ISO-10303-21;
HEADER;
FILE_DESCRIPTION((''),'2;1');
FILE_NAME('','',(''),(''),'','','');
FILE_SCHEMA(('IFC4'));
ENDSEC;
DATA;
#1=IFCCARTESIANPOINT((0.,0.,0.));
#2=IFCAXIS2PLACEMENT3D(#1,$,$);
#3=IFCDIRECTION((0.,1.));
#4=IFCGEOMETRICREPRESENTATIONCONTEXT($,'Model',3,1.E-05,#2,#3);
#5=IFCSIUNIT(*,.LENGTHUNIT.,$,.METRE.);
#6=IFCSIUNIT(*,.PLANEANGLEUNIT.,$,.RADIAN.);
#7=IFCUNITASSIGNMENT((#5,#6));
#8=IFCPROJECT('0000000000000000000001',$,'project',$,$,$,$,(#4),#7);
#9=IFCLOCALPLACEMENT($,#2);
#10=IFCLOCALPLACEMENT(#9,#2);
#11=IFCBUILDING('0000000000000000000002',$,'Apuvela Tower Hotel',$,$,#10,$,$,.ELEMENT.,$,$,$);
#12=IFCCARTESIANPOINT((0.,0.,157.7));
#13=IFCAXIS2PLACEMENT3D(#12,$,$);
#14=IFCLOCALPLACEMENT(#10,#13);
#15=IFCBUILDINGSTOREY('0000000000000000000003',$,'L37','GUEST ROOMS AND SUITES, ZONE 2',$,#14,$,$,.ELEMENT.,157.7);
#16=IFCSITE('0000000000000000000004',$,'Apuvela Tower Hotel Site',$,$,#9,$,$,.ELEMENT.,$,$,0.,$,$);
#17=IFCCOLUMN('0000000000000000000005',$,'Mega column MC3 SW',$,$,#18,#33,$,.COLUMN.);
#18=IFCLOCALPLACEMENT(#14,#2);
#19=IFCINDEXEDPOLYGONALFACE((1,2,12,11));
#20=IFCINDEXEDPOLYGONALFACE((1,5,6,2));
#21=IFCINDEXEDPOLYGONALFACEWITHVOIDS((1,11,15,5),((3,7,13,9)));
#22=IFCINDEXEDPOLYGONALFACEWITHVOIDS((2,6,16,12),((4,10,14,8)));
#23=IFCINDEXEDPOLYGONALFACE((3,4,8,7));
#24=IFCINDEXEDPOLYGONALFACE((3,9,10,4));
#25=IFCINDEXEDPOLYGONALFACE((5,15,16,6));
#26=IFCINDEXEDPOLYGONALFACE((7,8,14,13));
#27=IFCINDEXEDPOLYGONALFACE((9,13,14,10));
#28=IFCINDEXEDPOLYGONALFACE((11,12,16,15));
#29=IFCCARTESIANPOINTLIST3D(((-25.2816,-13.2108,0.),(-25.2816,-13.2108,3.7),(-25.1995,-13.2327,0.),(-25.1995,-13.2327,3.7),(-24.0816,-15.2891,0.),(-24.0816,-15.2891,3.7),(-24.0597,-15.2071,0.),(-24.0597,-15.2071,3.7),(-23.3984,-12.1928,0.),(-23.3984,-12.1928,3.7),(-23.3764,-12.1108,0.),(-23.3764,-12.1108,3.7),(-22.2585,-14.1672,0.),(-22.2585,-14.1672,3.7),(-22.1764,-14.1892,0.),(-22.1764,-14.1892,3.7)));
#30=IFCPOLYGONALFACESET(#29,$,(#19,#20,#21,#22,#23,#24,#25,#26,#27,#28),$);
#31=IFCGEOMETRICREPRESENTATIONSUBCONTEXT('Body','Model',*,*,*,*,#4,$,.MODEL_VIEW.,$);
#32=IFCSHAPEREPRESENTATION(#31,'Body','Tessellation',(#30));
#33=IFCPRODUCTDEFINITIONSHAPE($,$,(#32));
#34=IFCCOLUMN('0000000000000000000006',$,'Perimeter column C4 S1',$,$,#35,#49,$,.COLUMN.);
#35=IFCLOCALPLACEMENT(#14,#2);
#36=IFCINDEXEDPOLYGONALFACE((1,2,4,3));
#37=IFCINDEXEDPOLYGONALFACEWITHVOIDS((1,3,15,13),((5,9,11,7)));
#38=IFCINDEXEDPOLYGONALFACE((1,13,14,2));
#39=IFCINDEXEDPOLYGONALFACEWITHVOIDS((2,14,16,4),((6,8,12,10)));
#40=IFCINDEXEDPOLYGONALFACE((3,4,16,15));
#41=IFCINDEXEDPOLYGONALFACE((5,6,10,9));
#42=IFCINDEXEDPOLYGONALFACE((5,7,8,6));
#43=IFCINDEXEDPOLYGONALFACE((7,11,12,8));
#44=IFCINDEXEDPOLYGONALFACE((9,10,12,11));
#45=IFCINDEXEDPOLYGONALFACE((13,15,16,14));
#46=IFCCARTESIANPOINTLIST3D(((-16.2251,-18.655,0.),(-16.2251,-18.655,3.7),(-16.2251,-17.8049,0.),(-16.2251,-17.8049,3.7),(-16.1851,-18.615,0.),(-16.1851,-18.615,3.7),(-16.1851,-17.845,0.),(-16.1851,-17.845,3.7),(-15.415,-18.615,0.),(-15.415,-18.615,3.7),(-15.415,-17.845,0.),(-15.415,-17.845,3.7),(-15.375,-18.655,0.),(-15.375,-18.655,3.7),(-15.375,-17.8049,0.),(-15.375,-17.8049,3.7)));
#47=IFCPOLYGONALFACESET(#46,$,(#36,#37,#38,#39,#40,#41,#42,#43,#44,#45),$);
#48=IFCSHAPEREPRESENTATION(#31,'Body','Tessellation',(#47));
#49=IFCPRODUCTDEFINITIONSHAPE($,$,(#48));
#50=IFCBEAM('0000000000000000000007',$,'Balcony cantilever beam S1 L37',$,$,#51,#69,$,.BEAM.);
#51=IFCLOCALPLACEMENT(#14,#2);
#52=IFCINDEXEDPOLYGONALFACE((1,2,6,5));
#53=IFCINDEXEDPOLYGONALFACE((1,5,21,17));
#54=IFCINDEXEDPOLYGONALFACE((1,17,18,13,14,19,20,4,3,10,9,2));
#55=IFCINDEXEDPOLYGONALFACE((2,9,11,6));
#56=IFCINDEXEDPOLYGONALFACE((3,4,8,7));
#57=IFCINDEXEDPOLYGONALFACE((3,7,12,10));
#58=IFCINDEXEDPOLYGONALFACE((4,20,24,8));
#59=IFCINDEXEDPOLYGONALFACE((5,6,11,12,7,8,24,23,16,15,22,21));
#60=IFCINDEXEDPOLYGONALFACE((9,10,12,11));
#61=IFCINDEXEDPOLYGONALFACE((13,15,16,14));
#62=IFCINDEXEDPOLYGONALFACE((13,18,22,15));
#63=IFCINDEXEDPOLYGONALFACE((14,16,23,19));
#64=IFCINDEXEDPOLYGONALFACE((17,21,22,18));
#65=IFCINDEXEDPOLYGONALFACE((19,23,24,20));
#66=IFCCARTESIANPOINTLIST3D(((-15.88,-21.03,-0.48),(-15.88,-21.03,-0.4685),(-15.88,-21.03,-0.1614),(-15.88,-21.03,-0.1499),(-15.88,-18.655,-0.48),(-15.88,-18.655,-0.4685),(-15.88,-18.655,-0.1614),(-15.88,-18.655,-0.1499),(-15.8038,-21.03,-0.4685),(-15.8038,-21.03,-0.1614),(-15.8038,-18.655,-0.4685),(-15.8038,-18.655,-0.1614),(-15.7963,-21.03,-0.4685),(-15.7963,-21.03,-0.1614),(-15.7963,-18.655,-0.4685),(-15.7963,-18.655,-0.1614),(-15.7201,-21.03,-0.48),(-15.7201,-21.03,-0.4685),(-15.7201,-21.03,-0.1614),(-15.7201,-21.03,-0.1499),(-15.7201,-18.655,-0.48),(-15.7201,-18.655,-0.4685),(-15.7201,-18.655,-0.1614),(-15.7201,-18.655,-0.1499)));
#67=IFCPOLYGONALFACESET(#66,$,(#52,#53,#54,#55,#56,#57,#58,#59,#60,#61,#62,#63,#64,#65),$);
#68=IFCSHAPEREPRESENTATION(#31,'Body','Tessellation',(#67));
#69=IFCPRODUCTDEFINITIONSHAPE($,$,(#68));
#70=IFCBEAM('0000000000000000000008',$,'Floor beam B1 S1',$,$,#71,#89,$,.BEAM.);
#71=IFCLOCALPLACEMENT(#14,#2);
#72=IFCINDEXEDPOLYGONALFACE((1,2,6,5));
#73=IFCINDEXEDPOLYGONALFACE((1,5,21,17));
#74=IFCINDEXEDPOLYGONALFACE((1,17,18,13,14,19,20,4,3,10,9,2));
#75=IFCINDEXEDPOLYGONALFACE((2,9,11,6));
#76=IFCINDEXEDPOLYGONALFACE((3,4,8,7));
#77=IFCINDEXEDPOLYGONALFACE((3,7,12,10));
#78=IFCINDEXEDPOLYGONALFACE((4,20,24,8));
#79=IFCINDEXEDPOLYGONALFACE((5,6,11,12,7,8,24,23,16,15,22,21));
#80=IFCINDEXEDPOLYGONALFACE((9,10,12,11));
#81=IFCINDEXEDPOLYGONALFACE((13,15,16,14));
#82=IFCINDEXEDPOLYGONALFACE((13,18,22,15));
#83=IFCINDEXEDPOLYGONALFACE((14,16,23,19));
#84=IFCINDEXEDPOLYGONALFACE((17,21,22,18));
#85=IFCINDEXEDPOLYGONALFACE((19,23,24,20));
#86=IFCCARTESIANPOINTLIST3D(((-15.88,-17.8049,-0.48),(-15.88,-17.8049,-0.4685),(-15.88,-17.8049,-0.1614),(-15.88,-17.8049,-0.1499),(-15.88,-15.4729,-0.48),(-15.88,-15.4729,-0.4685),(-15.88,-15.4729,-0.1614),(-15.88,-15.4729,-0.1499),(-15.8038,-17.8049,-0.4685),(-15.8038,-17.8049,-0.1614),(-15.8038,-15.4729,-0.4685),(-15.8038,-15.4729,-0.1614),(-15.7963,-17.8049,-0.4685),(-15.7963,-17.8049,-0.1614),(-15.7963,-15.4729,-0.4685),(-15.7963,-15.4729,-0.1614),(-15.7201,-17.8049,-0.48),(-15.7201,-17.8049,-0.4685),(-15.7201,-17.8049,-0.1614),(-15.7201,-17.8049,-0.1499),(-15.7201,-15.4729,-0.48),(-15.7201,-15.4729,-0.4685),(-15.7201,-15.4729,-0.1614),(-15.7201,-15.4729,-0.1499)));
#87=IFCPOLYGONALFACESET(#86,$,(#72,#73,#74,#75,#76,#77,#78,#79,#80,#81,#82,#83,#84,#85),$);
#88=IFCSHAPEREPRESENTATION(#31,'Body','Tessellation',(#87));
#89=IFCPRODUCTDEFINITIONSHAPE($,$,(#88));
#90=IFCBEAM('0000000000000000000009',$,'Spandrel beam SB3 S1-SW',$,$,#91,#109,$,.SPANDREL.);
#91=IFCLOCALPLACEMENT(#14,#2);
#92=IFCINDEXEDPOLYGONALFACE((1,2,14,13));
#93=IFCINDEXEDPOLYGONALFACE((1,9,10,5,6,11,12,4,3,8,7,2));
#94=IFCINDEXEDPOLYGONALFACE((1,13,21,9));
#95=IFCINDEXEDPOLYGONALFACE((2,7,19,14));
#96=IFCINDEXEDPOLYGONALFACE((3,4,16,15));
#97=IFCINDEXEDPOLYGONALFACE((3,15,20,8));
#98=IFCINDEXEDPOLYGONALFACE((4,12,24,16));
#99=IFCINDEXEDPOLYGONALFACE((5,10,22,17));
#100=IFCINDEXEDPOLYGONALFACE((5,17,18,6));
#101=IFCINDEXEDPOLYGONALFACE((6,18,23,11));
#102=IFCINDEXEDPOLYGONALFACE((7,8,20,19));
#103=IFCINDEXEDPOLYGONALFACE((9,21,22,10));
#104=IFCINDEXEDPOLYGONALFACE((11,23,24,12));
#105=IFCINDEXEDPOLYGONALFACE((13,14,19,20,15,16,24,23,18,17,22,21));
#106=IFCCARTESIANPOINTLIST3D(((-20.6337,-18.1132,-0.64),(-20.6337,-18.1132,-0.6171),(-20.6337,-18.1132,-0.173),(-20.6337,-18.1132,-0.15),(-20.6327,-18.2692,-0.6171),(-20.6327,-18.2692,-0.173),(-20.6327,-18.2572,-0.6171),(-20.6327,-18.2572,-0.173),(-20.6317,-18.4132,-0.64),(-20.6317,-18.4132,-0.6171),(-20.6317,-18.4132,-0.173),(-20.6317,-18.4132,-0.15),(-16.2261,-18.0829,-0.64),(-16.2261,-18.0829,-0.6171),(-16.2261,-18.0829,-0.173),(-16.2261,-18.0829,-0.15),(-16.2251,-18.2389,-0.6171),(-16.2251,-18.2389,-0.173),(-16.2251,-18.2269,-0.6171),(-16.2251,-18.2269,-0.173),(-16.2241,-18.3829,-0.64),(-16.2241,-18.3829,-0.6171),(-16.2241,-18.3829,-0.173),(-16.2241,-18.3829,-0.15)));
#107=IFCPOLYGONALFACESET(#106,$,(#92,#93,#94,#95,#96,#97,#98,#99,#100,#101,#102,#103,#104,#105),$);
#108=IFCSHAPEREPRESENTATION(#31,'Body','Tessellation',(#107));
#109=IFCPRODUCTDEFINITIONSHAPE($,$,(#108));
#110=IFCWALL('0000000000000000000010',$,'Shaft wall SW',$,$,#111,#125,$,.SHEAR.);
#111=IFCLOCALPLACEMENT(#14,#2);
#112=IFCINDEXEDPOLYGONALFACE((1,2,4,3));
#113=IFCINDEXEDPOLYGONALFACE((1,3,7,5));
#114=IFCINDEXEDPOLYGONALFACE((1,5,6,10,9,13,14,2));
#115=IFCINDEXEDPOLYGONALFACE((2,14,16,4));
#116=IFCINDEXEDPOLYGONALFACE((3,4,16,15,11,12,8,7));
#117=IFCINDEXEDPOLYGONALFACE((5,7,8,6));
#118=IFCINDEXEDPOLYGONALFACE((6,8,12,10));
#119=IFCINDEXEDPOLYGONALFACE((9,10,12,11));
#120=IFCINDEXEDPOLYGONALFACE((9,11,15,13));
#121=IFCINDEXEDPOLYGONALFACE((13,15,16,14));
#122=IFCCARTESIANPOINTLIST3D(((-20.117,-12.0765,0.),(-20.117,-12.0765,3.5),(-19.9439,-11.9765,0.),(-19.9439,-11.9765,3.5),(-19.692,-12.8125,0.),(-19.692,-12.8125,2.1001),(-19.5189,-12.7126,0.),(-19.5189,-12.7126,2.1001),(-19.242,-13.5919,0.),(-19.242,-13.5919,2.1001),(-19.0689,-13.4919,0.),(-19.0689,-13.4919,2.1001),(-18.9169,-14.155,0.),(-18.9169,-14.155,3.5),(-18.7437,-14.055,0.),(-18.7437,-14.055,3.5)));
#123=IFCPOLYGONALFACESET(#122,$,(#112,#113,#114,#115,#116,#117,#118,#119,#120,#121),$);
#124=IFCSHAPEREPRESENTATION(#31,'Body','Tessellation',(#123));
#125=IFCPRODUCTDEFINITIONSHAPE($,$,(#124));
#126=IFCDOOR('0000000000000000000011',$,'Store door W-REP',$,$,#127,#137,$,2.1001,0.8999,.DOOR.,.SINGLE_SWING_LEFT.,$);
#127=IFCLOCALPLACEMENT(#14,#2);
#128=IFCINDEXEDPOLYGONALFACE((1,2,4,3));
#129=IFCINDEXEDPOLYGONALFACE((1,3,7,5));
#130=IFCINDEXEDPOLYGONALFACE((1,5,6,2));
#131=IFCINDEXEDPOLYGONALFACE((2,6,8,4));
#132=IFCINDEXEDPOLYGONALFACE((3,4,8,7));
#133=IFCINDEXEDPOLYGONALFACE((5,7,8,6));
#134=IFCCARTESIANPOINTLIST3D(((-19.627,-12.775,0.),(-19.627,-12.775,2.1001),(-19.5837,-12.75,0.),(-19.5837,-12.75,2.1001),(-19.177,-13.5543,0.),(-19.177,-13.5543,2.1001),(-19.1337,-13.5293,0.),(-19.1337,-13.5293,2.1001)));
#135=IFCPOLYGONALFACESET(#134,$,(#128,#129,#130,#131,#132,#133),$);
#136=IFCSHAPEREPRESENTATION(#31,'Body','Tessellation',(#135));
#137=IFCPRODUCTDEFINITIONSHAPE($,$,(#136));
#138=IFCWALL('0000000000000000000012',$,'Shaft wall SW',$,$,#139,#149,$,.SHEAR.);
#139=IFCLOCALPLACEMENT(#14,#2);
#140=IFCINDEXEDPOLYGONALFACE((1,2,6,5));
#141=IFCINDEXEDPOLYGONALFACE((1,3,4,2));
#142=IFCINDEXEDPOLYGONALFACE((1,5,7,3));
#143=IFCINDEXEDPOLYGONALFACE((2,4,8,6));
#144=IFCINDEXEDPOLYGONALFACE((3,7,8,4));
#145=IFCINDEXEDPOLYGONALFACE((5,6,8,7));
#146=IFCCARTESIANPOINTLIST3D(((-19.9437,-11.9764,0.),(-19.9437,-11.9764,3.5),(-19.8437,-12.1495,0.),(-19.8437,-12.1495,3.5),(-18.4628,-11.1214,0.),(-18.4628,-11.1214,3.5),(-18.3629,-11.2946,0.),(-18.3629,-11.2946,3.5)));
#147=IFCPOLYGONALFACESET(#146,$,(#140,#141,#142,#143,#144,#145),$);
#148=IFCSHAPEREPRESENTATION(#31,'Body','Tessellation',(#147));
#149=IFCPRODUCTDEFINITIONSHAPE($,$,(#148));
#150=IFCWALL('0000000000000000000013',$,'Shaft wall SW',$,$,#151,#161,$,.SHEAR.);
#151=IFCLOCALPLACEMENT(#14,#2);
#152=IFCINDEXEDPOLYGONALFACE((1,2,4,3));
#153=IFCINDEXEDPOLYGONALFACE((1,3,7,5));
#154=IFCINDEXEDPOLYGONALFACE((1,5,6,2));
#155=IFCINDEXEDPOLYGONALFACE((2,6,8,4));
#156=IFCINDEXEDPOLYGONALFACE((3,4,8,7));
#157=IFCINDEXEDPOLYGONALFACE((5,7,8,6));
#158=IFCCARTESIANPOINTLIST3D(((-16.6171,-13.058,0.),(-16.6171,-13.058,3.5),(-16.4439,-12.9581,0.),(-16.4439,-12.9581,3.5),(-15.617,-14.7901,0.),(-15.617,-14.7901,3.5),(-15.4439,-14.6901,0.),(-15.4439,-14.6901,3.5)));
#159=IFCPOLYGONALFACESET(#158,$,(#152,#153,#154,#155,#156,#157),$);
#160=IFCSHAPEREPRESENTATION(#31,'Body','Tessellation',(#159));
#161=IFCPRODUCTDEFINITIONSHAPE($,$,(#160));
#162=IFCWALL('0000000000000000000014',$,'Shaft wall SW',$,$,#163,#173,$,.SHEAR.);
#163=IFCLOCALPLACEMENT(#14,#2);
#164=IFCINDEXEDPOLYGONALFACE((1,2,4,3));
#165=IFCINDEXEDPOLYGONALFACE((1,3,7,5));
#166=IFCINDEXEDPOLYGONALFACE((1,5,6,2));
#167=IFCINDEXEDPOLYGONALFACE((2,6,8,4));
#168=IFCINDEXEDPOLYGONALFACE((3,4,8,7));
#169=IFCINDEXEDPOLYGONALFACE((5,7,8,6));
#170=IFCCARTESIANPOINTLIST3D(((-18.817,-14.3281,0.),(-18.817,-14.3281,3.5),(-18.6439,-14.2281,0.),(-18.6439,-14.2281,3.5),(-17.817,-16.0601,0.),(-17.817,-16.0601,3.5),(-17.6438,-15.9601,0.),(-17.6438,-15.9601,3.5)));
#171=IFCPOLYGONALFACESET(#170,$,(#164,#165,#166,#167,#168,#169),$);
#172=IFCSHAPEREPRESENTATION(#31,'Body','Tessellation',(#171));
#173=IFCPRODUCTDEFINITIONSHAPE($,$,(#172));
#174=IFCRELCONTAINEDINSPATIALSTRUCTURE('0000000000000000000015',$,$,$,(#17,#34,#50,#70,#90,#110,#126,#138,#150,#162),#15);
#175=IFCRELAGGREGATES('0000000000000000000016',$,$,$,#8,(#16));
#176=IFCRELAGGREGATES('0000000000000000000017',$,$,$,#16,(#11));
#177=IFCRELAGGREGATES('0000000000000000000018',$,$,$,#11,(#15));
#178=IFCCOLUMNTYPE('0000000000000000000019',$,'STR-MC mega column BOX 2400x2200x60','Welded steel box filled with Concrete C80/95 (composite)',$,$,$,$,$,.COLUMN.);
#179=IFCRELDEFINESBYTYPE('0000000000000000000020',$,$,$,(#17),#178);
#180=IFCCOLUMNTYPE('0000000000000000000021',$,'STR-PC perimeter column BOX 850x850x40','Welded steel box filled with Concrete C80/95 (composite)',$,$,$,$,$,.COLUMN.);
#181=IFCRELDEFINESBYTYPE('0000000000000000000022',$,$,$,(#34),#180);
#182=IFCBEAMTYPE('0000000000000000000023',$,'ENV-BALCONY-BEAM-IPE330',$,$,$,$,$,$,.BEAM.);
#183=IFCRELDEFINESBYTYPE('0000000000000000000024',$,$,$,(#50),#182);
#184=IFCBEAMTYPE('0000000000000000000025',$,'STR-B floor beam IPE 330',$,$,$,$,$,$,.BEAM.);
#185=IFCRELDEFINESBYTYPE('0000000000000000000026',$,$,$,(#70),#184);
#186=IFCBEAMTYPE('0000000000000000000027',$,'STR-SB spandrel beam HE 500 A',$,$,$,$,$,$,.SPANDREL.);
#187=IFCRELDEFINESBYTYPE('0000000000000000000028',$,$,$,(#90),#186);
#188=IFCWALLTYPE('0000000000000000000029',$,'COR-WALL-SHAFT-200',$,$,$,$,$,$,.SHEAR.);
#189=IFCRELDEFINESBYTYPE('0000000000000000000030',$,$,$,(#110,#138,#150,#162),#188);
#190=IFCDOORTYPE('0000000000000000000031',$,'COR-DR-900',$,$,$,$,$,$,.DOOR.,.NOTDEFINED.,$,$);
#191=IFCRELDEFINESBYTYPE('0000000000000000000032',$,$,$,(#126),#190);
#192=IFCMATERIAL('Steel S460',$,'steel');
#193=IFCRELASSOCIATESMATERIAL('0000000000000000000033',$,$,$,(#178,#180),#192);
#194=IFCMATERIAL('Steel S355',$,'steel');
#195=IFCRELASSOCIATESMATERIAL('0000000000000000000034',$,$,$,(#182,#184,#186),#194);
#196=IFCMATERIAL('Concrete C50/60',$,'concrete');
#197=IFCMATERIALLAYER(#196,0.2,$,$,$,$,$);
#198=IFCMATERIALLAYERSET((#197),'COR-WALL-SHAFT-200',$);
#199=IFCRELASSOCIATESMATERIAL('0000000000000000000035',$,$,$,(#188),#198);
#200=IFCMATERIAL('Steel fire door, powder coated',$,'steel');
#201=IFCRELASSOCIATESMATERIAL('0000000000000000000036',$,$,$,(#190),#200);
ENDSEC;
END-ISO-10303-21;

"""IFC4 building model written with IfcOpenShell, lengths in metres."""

from ifc_helpers import new_model, si_unit, direction, frame, frame_2d, origin, origin_2d, place, context, subcontext, project, spatial, rectangle, hollow_rectangle, i_section, extrude, material, layer, layer_set, material_profile, profile_set, type_object, element, fill, save


model = new_model("IFC4")

# Units and contexts
model_context = context("Model", 3, precision=1e-05, world=origin(), true_north=direction((0.0, 1.0)))
body_context = subcontext(model_context, "Body", "Model", "MODEL_VIEW")
ifc_project = project(units=[si_unit("LENGTHUNIT", "METRE"), si_unit("PLANEANGLEUNIT", "RADIAN")], contexts=[model_context])

# Site, building, storey
site_placement = place(None, origin())
site = spatial("IfcSite", under=ifc_project, at=site_placement, Name="Apuvela Tower Hotel Site", CompositionType="ELEMENT", RefElevation=0.0)
building_placement = place(site_placement, origin())
building = spatial("IfcBuilding", under=site, at=building_placement, Name="Apuvela Tower Hotel", CompositionType="ELEMENT")
storey_placement = place(building_placement, frame((0.0, 0.0, 157.7)))
storey = spatial("IfcBuildingStorey", under=building, at=storey_placement, Name="L37", Description="GUEST ROOMS AND SUITES, ZONE 2", CompositionType="ELEMENT", Elevation=157.7)

# Columns
ifc_material_1 = material(Name="Steel S460", Category="steel")
ifc_material_profile_1 = material_profile(ifc_material_1, hollow_rectangle(XDim=2.3999, YDim=2.2, WallThickness=0.0601, at=origin_2d()), Name="BOX 2400x2200x60")
ifc_material_2 = material(Name="Concrete C80/95", Category="concrete")
ifc_material_profile_2 = material_profile(ifc_material_2, rectangle(XDim=2.28, YDim=2.0801, at=origin_2d()), Name="Concrete C80/95 infill")
ifc_profile_set_1 = profile_set([ifc_material_profile_1, ifc_material_profile_2], Name="Steel S460")
column_type_1 = type_object("IfcColumnType", Name="STR-MC mega column BOX 2400x2200x60", Description="Welded steel box filled with Concrete C80/95 (composite)", PredefinedType="COLUMN", material=ifc_profile_set_1)
column_1_placement = place(storey_placement, frame((-23.729, -13.7, 0.0), z_axis=(0.0, 0.0, 1.0), x_axis=(-0.5, 0.866025, 0.0)))
element("IfcColumn", 1, at=column_1_placement, inside=storey, type_object=column_type_1, Name="Mega column MC3 SW", PredefinedType="COLUMN", context=body_context, shape_type="SweptSolid", body=[
    extrude(hollow_rectangle(XDim=2.3999, YDim=2.2, WallThickness=0.0601, at=origin_2d()), origin(), (0.0, 0.0, 1.0), 3.7),
])
ifc_material_profile_3 = material_profile(ifc_material_1, hollow_rectangle(XDim=0.8501, YDim=0.8501, WallThickness=0.04, at=origin_2d()), Name="BOX 850x850x40")
ifc_material_profile_4 = material_profile(ifc_material_2, rectangle(XDim=0.77, YDim=0.77, at=origin_2d()), Name="Concrete C80/95 infill")
ifc_profile_set_2 = profile_set([ifc_material_profile_3, ifc_material_profile_4], Name="Steel S460")
column_type_2 = type_object("IfcColumnType", Name="STR-PC perimeter column BOX 850x850x40", Description="Welded steel box filled with Concrete C80/95 (composite)", PredefinedType="COLUMN", material=ifc_profile_set_2)
column_2_placement = place(storey_placement, frame((-15.8, -18.23, 0.0), z_axis=(0.0, 0.0, 1.0), x_axis=(-1.0, 0.0, 0.0)))
element("IfcColumn", 2, at=column_2_placement, inside=storey, type_object=column_type_2, Name="Perimeter column C4 S1", PredefinedType="COLUMN", context=body_context, shape_type="SweptSolid", body=[
    extrude(hollow_rectangle(XDim=0.8501, YDim=0.8501, WallThickness=0.04, at=origin_2d()), origin(), (0.0, 0.0, 1.0), 3.7),
])

# Beams
ifc_material_3 = material(Name="Steel S355", Category="steel")
ifc_material_profile_5 = material_profile(ifc_material_3, i_section(OverallWidth=0.1599, OverallDepth=0.3301, WebThickness=0.0076, FlangeThickness=0.0115, at=origin_2d()), Name="IPE 330")
ifc_profile_set_3 = profile_set([ifc_material_profile_5], Name="Steel S355")
beam_type_1 = type_object("IfcBeamType", Name="ENV-BALCONY-BEAM-IPE330", PredefinedType="BEAM", material=ifc_profile_set_3)
beam_1_placement = place(storey_placement, frame((-15.8, -18.655, -0.3149), z_axis=(0.0, -1.0, 0.0), x_axis=(1.0, 0.0, 0.0)))
element("IfcBeam", 3, at=beam_1_placement, inside=storey, type_object=beam_type_1, Name="Balcony cantilever beam S1 L37", PredefinedType="BEAM", context=body_context, shape_type="SweptSolid", body=[
    extrude(i_section(OverallWidth=0.1599, OverallDepth=0.3301, WebThickness=0.0076, FlangeThickness=0.0115, at=origin_2d()), origin(), (0.0, 0.0, 1.0), 2.375),
])
ifc_material_profile_6 = material_profile(ifc_material_3, i_section(OverallWidth=0.1599, OverallDepth=0.3301, WebThickness=0.0076, FlangeThickness=0.0115, at=origin_2d()), Name="IPE 330")
ifc_profile_set_4 = profile_set([ifc_material_profile_6], Name="Steel S355")
beam_type_2 = type_object("IfcBeamType", Name="STR-B floor beam IPE 330", PredefinedType="BEAM", material=ifc_profile_set_4)
beam_2_placement = place(storey_placement, frame((-15.8, -17.8049, -0.3149), z_axis=(0.0, 1.0, 0.0), x_axis=(-1.0, 0.0, 0.0)))
element("IfcBeam", 4, at=beam_2_placement, inside=storey, type_object=beam_type_2, Name="Floor beam B1 S1", PredefinedType="BEAM", context=body_context, shape_type="SweptSolid", body=[
    extrude(i_section(OverallWidth=0.1599, OverallDepth=0.3301, WebThickness=0.0076, FlangeThickness=0.0115, at=origin_2d()), origin(), (0.0, 0.0, 1.0), 2.332),
])
ifc_material_profile_7 = material_profile(ifc_material_3, i_section(OverallWidth=0.3, OverallDepth=0.49, WebThickness=0.012, FlangeThickness=0.0229, at=origin_2d()), Name="HE 500 A")
ifc_profile_set_5 = profile_set([ifc_material_profile_7], Name="Steel S355")
beam_type_3 = type_object("IfcBeamType", Name="STR-SB spandrel beam HE 500 A", PredefinedType="SPANDREL", material=ifc_profile_set_5)
beam_3_placement = place(storey_placement, frame((-16.2251, -18.2329, -0.395), z_axis=(-0.999976, -0.006868, 0.0), x_axis=(0.006868, -0.999976, 0.0)))
element("IfcBeam", 5, at=beam_3_placement, inside=storey, type_object=beam_type_3, Name="Spandrel beam SB3 S1-SW", PredefinedType="SPANDREL", context=body_context, shape_type="SweptSolid", body=[
    extrude(i_section(OverallWidth=0.3, OverallDepth=0.49, WebThickness=0.012, FlangeThickness=0.0229, at=origin_2d()), origin(), (0.0, 0.0, 1.0), 4.4077),
])

# Wall, opening, door
ifc_material_4 = material(Name="Concrete C50/60", Category="concrete")
ifc_layer_1 = layer(ifc_material_4, 0.2)
ifc_layer_set_1 = layer_set([ifc_layer_1], Name="COR-WALL-SHAFT-200")
wall_type_1 = type_object("IfcWallType", Name="COR-WALL-SHAFT-200", PredefinedType="SHEAR", material=ifc_layer_set_1)
wall_1_placement = place(storey_placement, frame((-20.0305, -12.0264, 0.0), z_axis=(0.0, 0.0, 1.0), x_axis=(0.500034, -0.866006, 0.0)))
wall_1 = element("IfcWall", 6, at=wall_1_placement, inside=storey, type_object=wall_type_1, Name="Shaft wall SW", PredefinedType="SHEAR", context=body_context, shape_type="SweptSolid", body=[
    extrude(rectangle(XDim=2.4001, YDim=0.2, at=frame_2d((1.2002, 0.0))), origin(), (0.0, 0.0, 1.0), 3.5),
])
opening_1_placement = place(wall_1_placement, frame((0.8501, 0.0, 0.0)))
opening_1 = element("IfcOpeningElement", 7, at=opening_1_placement, cuts=wall_1, PredefinedType="OPENING", context=body_context, shape_type="SweptSolid", body=[
    extrude(rectangle(XDim=0.8999, YDim=2.1001, at=frame_2d((0.45, 1.05))), frame((0.0, 0.1099, 0.0), z_axis=(0.0, -1.0, 0.0), x_axis=(1.0, 0.0, 0.0)), (0.0, 0.0, 1.0), 0.22),
])
ifc_material_5 = material(Name="Steel fire door, powder coated", Category="steel")
door_type_1 = type_object("IfcDoorType", Name="COR-DR-900", OperationType="NOTDEFINED", PredefinedType="DOOR", material=ifc_material_5)
door_1_placement = place(opening_1_placement, frame((0.8999, 0.0, 0.0), z_axis=(0.0, 0.0, 1.0), x_axis=(-1.0, 0.0, 0.0)))
door_1 = element("IfcDoor", 8, at=door_1_placement, inside=storey, type_object=door_type_1, Name="Store door W-REP", OperationType="SINGLE_SWING_LEFT", OverallHeight=2.1001, OverallWidth=0.8999, PredefinedType="DOOR", context=body_context, shape_type="SweptSolid", body=[
    extrude(rectangle(XDim=0.8999, YDim=2.1001, at=frame_2d((0.45, 1.05))), frame((0.0, 0.0249, 0.0), z_axis=(0.0, -1.0, 0.0), x_axis=(1.0, 0.0, 0.0)), (0.0, 0.0, 1.0), 0.05),
])
fill(opening_1, door_1)

# Walls
wall_2_placement = place(storey_placement, frame((-18.4128, -11.208, 0.0), z_axis=(0.0, 0.0, 1.0), x_axis=(-0.866038, -0.499978, 0.0)))
element("IfcWall", 9, at=wall_2_placement, inside=storey, type_object=wall_type_1, Name="Shaft wall SW", PredefinedType="SHEAR", context=body_context, shape_type="SweptSolid", body=[
    extrude(rectangle(XDim=1.71, YDim=0.2, at=frame_2d((0.855, 0.0))), origin(), (0.0, 0.0, 1.0), 3.5),
])
for number, where, z_axis, x_axis, name in (
    (10, (-16.5305, -13.0081, 0.0), (0.0, 0.0, 1.0), (0.500025, -0.866011, 0.0), "Shaft wall SW"),
    (11, (-18.7305, -14.2781, 0.0), (0.0, 0.0, 1.0), (0.500025, -0.866011, 0.0), "Shaft wall SW"),
):
    element("IfcWall", number, at=place(storey_placement, frame(where, z_axis=z_axis, x_axis=x_axis)), inside=storey, type_object=wall_type_1, Name=name, PredefinedType="SHEAR", context=body_context, shape_type="SweptSolid", body=[
        extrude(rectangle(XDim=2.0, YDim=0.2, at=frame_2d((1.0, 0.0))), origin(), (0.0, 0.0, 1.0), 3.5),
    ])

save(model, "model.ifc")
